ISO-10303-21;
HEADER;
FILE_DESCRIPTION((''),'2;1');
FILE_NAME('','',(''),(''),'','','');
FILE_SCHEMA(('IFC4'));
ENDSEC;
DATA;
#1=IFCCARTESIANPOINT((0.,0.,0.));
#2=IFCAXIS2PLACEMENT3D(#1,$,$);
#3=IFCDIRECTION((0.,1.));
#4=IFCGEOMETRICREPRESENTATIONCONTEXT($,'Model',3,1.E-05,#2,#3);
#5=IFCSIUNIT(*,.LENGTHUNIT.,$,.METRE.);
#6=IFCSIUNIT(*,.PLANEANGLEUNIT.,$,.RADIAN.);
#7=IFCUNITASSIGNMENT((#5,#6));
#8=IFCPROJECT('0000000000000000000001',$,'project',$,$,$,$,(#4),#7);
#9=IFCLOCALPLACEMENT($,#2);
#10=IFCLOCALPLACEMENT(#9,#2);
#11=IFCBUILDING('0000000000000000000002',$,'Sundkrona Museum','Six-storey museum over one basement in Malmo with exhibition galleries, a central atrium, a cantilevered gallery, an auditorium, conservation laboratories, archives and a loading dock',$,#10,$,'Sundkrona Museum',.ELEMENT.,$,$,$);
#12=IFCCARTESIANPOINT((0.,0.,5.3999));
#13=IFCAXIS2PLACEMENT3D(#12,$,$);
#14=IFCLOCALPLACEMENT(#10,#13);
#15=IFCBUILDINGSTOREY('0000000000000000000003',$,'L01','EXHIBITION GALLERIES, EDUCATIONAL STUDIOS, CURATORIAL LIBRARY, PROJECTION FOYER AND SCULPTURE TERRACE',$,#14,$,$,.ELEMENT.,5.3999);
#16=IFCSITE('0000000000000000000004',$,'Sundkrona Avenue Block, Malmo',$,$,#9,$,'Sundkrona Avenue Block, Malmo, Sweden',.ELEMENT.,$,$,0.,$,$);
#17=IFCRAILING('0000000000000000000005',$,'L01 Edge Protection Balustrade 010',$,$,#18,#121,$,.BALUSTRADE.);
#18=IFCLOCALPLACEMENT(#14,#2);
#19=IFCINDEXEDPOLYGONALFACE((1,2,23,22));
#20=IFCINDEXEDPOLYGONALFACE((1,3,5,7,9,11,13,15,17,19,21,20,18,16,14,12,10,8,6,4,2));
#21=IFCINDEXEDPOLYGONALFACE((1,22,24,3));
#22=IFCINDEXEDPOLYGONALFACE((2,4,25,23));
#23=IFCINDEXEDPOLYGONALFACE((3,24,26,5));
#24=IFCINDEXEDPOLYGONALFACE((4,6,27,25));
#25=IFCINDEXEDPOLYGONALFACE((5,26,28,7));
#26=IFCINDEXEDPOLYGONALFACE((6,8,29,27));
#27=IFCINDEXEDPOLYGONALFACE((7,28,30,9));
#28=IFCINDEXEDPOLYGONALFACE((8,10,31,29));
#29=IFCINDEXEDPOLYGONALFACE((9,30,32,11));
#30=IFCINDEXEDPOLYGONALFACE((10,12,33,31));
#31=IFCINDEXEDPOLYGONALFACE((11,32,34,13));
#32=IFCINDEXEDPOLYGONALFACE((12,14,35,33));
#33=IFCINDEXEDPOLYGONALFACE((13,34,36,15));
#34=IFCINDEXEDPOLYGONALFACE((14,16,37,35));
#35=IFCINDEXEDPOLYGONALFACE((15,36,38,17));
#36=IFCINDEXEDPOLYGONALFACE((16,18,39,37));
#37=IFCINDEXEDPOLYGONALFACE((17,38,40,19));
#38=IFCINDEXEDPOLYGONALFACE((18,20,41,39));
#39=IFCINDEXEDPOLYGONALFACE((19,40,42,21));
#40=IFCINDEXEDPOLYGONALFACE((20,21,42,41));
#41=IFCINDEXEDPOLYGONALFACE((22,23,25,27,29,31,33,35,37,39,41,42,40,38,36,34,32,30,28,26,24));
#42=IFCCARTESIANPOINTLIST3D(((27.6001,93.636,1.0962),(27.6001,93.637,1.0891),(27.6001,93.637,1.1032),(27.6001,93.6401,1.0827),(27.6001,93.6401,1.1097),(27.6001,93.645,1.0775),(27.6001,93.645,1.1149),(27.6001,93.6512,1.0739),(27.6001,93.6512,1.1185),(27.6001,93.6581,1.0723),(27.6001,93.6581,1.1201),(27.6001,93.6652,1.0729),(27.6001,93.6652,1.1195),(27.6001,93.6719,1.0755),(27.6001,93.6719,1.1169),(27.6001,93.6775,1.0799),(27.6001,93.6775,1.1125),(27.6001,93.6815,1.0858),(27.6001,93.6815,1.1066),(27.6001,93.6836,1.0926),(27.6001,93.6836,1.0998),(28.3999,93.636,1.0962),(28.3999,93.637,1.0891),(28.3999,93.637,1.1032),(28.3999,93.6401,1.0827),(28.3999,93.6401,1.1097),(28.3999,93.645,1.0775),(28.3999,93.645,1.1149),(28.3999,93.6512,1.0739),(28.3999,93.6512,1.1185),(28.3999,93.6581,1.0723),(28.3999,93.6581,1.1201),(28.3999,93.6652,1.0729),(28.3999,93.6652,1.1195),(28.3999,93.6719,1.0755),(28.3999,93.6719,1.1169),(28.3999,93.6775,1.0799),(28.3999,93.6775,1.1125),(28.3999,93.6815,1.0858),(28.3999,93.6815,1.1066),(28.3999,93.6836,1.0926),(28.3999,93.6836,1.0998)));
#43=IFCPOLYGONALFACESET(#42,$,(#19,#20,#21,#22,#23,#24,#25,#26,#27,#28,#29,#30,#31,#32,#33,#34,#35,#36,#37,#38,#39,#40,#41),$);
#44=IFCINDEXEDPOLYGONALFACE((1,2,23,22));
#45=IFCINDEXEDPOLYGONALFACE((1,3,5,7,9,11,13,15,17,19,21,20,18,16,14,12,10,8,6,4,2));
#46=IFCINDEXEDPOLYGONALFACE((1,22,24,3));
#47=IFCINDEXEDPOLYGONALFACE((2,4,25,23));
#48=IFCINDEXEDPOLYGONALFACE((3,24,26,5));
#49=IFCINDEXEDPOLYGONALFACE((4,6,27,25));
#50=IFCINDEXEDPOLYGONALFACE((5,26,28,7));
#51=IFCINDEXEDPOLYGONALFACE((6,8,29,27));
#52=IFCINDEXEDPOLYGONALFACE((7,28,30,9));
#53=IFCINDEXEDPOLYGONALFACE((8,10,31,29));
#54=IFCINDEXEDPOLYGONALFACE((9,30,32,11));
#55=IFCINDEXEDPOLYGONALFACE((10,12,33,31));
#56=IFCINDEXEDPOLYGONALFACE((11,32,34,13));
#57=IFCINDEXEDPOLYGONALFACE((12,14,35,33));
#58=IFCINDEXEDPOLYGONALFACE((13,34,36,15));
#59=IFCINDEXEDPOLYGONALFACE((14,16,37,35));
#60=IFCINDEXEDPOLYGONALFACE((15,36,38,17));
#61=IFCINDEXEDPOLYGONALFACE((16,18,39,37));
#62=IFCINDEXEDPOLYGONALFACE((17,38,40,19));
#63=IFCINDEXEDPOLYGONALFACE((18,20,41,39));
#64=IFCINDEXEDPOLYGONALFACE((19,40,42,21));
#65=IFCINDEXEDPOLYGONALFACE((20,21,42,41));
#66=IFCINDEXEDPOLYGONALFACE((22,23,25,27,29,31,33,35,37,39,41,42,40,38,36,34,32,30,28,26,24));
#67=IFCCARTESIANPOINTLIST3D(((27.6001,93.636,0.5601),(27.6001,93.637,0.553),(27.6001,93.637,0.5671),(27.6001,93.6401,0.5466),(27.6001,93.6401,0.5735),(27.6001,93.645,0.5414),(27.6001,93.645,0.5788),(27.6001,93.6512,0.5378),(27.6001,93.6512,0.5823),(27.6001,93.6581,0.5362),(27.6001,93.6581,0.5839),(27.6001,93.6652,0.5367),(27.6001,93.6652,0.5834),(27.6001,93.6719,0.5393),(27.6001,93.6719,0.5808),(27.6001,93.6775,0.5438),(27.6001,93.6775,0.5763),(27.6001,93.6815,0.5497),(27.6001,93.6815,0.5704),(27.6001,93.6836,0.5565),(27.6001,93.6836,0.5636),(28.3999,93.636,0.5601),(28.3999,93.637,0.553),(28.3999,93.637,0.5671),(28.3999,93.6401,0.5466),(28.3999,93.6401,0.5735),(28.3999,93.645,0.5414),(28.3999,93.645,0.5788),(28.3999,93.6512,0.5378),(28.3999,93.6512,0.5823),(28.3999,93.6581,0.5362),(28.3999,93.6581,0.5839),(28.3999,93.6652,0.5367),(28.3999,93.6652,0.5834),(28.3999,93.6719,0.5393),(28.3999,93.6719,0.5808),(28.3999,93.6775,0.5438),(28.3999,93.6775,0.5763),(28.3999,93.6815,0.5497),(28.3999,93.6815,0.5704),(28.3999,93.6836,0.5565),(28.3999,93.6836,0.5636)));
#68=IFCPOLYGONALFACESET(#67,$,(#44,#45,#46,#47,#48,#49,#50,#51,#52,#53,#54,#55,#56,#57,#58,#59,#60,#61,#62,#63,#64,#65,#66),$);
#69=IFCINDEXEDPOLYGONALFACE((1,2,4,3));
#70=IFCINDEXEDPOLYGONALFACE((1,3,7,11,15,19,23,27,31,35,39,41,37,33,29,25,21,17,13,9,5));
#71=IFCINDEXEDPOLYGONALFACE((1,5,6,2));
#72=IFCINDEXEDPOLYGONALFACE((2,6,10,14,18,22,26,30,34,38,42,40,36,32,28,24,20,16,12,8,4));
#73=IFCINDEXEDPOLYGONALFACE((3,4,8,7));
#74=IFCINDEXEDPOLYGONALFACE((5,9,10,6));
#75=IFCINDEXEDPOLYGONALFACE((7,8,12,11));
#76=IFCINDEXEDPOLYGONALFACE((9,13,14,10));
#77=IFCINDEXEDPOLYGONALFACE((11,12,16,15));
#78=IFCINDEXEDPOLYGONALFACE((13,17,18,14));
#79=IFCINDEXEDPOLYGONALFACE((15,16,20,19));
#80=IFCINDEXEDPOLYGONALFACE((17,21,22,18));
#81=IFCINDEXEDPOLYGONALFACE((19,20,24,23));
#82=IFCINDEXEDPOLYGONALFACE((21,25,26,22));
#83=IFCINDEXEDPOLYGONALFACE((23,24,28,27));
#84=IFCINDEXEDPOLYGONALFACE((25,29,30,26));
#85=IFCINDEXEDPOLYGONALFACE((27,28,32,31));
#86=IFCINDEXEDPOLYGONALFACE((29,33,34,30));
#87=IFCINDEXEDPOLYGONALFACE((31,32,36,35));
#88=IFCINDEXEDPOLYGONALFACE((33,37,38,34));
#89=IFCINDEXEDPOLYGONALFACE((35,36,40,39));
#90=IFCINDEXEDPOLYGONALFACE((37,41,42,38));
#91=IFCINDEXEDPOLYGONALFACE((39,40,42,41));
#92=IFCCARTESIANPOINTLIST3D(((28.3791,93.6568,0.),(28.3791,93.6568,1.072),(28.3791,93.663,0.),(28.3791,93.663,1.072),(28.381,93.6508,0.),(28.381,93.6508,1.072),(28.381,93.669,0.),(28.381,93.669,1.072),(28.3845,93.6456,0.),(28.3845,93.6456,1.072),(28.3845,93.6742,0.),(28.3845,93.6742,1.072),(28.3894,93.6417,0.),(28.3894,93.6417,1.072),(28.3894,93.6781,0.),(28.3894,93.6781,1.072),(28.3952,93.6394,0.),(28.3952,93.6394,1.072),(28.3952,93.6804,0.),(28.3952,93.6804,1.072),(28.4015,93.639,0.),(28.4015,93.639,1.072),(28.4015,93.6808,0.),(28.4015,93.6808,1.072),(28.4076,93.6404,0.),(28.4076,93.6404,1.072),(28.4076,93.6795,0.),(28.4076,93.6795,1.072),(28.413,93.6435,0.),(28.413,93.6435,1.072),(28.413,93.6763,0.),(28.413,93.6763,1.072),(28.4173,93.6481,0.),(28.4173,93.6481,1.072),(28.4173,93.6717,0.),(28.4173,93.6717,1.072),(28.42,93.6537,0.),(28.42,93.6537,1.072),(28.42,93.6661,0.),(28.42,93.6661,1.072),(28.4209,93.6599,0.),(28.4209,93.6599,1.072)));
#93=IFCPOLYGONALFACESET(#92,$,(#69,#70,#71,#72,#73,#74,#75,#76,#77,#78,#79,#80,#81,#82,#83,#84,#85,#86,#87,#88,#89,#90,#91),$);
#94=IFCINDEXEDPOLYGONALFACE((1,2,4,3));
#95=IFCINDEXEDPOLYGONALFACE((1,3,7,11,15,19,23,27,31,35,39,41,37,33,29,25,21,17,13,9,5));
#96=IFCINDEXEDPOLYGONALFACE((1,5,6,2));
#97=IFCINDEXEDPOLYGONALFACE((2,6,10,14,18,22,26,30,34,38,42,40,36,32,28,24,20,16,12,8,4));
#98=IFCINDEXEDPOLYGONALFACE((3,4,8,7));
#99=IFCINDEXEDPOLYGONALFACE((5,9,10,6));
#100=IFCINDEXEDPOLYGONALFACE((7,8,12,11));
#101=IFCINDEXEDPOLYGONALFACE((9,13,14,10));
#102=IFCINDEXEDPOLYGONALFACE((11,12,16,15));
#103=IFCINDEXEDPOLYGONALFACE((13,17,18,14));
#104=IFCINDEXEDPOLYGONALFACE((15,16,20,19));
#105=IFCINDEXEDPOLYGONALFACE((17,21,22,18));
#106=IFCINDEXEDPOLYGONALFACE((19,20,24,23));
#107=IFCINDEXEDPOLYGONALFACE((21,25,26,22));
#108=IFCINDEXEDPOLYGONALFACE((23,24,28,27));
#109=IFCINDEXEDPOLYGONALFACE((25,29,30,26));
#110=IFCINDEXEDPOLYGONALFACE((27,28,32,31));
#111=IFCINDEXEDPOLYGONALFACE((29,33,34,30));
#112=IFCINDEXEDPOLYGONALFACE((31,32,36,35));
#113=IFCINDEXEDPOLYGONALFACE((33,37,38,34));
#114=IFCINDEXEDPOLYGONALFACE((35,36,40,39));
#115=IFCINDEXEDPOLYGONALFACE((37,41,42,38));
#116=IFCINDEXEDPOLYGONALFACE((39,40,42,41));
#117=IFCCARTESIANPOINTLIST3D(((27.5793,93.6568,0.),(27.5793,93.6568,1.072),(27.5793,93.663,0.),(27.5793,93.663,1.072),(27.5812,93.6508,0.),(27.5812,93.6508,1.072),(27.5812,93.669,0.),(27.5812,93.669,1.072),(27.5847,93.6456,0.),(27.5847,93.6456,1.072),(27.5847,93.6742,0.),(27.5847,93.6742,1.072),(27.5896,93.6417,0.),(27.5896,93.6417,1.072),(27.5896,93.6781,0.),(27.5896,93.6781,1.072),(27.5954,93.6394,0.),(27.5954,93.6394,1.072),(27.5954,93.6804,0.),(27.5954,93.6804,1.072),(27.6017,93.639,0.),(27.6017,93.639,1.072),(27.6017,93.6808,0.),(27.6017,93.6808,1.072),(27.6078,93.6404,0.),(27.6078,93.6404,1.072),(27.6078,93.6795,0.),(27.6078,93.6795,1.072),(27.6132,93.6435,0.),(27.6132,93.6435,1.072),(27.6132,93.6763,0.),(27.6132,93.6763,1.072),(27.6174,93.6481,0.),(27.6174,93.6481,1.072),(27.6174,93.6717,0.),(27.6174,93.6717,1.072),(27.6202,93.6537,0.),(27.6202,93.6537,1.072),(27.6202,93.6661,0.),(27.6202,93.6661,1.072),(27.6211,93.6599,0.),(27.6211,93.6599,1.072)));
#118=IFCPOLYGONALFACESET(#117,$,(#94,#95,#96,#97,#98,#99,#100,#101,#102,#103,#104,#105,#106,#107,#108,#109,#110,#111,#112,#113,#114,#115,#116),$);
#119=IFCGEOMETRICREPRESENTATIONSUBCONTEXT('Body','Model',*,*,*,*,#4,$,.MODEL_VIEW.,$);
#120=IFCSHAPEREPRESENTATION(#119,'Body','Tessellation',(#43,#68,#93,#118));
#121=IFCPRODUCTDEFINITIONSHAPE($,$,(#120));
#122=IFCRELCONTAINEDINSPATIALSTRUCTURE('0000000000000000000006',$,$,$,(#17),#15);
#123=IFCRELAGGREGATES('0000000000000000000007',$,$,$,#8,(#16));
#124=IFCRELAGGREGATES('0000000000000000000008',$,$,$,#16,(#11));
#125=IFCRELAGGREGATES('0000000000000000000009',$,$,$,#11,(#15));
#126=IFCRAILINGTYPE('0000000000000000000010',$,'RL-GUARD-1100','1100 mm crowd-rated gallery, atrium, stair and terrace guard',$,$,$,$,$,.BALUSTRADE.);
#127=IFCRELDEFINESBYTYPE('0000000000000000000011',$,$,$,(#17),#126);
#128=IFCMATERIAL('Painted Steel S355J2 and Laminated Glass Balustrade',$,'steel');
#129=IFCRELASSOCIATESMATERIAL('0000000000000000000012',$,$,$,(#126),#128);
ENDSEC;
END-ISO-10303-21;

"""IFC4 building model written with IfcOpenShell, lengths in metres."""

from ifc_helpers import new_model, si_unit, direction, frame, origin, origin_2d, place, context, subcontext, project, spatial, circle, extrude, material, type_object, element, save


model = new_model("IFC4")

# Units and contexts
model_context = context("Model", 3, precision=1e-05, world=origin(), true_north=direction((0.0, 1.0)))
body_context = subcontext(model_context, "Body", "Model", "MODEL_VIEW")
ifc_project = project(units=[si_unit("LENGTHUNIT", "METRE"), si_unit("PLANEANGLEUNIT", "RADIAN")], contexts=[model_context])

# Site, building, storey
site_placement = place(None, origin())
site = spatial("IfcSite", under=ifc_project, at=site_placement, Name="Sundkrona Avenue Block, Malmo", LongName="Sundkrona Avenue Block, Malmo, Sweden", CompositionType="ELEMENT", RefElevation=0.0)
building_placement = place(site_placement, origin())
building = spatial("IfcBuilding", under=site, at=building_placement, Name="Sundkrona Museum", Description="Six-storey museum over one basement in Malmo with exhibition galleries, a central atrium, a cantilevered gallery, an auditorium, conservation laboratories, archives and a loading dock", LongName="Sundkrona Museum", CompositionType="ELEMENT")
storey_placement = place(building_placement, frame((0.0, 0.0, 5.3999)))
storey = spatial("IfcBuildingStorey", under=building, at=storey_placement, Name="L01", Description="EXHIBITION GALLERIES, EDUCATIONAL STUDIOS, CURATORIAL LIBRARY, PROJECTION FOYER AND SCULPTURE TERRACE", CompositionType="ELEMENT", Elevation=5.3999)

# Railing
ifc_material_1 = material(Name="Painted Steel S355J2 and Laminated Glass Balustrade", Category="steel")
railing_type = type_object("IfcRailingType", Name="RL-GUARD-1100", Description="1100 mm crowd-rated gallery, atrium, stair and terrace guard", PredefinedType="BALUSTRADE", material=ifc_material_1)
railing_1_placement = place(storey_placement, frame((28.3999, 93.6599, 0.0)))
element("IfcRailing", 1, at=railing_1_placement, inside=storey, type_object=railing_type, Name="L01 Edge Protection Balustrade 010", PredefinedType="BALUSTRADE", context=body_context, shape_type="SweptSolid", body=[
    extrude(circle(Radius=0.0239, at=origin_2d()), frame((0.0, 0.0, 1.0962), z_axis=(-1.0, 0.0, 0.0), x_axis=(0.0, -1.0, 0.0)), (0.0, 0.0, 1.0), 0.7998),
    extrude(circle(Radius=0.0239, at=origin_2d()), frame((0.0, 0.0, 0.5601), z_axis=(-1.0, 0.0, 0.0), x_axis=(0.0, -1.0, 0.0)), (0.0, 0.0, 1.0), 0.7998),
    extrude(circle(Radius=0.021, at=origin_2d()), origin(), (0.0, 0.0, 1.0), 1.072),
    extrude(circle(Radius=0.021, at=origin_2d()), frame((-0.7998, 0.0, 0.0)), (0.0, 0.0, 1.0), 1.072),
])

save(model, "model.ifc")
